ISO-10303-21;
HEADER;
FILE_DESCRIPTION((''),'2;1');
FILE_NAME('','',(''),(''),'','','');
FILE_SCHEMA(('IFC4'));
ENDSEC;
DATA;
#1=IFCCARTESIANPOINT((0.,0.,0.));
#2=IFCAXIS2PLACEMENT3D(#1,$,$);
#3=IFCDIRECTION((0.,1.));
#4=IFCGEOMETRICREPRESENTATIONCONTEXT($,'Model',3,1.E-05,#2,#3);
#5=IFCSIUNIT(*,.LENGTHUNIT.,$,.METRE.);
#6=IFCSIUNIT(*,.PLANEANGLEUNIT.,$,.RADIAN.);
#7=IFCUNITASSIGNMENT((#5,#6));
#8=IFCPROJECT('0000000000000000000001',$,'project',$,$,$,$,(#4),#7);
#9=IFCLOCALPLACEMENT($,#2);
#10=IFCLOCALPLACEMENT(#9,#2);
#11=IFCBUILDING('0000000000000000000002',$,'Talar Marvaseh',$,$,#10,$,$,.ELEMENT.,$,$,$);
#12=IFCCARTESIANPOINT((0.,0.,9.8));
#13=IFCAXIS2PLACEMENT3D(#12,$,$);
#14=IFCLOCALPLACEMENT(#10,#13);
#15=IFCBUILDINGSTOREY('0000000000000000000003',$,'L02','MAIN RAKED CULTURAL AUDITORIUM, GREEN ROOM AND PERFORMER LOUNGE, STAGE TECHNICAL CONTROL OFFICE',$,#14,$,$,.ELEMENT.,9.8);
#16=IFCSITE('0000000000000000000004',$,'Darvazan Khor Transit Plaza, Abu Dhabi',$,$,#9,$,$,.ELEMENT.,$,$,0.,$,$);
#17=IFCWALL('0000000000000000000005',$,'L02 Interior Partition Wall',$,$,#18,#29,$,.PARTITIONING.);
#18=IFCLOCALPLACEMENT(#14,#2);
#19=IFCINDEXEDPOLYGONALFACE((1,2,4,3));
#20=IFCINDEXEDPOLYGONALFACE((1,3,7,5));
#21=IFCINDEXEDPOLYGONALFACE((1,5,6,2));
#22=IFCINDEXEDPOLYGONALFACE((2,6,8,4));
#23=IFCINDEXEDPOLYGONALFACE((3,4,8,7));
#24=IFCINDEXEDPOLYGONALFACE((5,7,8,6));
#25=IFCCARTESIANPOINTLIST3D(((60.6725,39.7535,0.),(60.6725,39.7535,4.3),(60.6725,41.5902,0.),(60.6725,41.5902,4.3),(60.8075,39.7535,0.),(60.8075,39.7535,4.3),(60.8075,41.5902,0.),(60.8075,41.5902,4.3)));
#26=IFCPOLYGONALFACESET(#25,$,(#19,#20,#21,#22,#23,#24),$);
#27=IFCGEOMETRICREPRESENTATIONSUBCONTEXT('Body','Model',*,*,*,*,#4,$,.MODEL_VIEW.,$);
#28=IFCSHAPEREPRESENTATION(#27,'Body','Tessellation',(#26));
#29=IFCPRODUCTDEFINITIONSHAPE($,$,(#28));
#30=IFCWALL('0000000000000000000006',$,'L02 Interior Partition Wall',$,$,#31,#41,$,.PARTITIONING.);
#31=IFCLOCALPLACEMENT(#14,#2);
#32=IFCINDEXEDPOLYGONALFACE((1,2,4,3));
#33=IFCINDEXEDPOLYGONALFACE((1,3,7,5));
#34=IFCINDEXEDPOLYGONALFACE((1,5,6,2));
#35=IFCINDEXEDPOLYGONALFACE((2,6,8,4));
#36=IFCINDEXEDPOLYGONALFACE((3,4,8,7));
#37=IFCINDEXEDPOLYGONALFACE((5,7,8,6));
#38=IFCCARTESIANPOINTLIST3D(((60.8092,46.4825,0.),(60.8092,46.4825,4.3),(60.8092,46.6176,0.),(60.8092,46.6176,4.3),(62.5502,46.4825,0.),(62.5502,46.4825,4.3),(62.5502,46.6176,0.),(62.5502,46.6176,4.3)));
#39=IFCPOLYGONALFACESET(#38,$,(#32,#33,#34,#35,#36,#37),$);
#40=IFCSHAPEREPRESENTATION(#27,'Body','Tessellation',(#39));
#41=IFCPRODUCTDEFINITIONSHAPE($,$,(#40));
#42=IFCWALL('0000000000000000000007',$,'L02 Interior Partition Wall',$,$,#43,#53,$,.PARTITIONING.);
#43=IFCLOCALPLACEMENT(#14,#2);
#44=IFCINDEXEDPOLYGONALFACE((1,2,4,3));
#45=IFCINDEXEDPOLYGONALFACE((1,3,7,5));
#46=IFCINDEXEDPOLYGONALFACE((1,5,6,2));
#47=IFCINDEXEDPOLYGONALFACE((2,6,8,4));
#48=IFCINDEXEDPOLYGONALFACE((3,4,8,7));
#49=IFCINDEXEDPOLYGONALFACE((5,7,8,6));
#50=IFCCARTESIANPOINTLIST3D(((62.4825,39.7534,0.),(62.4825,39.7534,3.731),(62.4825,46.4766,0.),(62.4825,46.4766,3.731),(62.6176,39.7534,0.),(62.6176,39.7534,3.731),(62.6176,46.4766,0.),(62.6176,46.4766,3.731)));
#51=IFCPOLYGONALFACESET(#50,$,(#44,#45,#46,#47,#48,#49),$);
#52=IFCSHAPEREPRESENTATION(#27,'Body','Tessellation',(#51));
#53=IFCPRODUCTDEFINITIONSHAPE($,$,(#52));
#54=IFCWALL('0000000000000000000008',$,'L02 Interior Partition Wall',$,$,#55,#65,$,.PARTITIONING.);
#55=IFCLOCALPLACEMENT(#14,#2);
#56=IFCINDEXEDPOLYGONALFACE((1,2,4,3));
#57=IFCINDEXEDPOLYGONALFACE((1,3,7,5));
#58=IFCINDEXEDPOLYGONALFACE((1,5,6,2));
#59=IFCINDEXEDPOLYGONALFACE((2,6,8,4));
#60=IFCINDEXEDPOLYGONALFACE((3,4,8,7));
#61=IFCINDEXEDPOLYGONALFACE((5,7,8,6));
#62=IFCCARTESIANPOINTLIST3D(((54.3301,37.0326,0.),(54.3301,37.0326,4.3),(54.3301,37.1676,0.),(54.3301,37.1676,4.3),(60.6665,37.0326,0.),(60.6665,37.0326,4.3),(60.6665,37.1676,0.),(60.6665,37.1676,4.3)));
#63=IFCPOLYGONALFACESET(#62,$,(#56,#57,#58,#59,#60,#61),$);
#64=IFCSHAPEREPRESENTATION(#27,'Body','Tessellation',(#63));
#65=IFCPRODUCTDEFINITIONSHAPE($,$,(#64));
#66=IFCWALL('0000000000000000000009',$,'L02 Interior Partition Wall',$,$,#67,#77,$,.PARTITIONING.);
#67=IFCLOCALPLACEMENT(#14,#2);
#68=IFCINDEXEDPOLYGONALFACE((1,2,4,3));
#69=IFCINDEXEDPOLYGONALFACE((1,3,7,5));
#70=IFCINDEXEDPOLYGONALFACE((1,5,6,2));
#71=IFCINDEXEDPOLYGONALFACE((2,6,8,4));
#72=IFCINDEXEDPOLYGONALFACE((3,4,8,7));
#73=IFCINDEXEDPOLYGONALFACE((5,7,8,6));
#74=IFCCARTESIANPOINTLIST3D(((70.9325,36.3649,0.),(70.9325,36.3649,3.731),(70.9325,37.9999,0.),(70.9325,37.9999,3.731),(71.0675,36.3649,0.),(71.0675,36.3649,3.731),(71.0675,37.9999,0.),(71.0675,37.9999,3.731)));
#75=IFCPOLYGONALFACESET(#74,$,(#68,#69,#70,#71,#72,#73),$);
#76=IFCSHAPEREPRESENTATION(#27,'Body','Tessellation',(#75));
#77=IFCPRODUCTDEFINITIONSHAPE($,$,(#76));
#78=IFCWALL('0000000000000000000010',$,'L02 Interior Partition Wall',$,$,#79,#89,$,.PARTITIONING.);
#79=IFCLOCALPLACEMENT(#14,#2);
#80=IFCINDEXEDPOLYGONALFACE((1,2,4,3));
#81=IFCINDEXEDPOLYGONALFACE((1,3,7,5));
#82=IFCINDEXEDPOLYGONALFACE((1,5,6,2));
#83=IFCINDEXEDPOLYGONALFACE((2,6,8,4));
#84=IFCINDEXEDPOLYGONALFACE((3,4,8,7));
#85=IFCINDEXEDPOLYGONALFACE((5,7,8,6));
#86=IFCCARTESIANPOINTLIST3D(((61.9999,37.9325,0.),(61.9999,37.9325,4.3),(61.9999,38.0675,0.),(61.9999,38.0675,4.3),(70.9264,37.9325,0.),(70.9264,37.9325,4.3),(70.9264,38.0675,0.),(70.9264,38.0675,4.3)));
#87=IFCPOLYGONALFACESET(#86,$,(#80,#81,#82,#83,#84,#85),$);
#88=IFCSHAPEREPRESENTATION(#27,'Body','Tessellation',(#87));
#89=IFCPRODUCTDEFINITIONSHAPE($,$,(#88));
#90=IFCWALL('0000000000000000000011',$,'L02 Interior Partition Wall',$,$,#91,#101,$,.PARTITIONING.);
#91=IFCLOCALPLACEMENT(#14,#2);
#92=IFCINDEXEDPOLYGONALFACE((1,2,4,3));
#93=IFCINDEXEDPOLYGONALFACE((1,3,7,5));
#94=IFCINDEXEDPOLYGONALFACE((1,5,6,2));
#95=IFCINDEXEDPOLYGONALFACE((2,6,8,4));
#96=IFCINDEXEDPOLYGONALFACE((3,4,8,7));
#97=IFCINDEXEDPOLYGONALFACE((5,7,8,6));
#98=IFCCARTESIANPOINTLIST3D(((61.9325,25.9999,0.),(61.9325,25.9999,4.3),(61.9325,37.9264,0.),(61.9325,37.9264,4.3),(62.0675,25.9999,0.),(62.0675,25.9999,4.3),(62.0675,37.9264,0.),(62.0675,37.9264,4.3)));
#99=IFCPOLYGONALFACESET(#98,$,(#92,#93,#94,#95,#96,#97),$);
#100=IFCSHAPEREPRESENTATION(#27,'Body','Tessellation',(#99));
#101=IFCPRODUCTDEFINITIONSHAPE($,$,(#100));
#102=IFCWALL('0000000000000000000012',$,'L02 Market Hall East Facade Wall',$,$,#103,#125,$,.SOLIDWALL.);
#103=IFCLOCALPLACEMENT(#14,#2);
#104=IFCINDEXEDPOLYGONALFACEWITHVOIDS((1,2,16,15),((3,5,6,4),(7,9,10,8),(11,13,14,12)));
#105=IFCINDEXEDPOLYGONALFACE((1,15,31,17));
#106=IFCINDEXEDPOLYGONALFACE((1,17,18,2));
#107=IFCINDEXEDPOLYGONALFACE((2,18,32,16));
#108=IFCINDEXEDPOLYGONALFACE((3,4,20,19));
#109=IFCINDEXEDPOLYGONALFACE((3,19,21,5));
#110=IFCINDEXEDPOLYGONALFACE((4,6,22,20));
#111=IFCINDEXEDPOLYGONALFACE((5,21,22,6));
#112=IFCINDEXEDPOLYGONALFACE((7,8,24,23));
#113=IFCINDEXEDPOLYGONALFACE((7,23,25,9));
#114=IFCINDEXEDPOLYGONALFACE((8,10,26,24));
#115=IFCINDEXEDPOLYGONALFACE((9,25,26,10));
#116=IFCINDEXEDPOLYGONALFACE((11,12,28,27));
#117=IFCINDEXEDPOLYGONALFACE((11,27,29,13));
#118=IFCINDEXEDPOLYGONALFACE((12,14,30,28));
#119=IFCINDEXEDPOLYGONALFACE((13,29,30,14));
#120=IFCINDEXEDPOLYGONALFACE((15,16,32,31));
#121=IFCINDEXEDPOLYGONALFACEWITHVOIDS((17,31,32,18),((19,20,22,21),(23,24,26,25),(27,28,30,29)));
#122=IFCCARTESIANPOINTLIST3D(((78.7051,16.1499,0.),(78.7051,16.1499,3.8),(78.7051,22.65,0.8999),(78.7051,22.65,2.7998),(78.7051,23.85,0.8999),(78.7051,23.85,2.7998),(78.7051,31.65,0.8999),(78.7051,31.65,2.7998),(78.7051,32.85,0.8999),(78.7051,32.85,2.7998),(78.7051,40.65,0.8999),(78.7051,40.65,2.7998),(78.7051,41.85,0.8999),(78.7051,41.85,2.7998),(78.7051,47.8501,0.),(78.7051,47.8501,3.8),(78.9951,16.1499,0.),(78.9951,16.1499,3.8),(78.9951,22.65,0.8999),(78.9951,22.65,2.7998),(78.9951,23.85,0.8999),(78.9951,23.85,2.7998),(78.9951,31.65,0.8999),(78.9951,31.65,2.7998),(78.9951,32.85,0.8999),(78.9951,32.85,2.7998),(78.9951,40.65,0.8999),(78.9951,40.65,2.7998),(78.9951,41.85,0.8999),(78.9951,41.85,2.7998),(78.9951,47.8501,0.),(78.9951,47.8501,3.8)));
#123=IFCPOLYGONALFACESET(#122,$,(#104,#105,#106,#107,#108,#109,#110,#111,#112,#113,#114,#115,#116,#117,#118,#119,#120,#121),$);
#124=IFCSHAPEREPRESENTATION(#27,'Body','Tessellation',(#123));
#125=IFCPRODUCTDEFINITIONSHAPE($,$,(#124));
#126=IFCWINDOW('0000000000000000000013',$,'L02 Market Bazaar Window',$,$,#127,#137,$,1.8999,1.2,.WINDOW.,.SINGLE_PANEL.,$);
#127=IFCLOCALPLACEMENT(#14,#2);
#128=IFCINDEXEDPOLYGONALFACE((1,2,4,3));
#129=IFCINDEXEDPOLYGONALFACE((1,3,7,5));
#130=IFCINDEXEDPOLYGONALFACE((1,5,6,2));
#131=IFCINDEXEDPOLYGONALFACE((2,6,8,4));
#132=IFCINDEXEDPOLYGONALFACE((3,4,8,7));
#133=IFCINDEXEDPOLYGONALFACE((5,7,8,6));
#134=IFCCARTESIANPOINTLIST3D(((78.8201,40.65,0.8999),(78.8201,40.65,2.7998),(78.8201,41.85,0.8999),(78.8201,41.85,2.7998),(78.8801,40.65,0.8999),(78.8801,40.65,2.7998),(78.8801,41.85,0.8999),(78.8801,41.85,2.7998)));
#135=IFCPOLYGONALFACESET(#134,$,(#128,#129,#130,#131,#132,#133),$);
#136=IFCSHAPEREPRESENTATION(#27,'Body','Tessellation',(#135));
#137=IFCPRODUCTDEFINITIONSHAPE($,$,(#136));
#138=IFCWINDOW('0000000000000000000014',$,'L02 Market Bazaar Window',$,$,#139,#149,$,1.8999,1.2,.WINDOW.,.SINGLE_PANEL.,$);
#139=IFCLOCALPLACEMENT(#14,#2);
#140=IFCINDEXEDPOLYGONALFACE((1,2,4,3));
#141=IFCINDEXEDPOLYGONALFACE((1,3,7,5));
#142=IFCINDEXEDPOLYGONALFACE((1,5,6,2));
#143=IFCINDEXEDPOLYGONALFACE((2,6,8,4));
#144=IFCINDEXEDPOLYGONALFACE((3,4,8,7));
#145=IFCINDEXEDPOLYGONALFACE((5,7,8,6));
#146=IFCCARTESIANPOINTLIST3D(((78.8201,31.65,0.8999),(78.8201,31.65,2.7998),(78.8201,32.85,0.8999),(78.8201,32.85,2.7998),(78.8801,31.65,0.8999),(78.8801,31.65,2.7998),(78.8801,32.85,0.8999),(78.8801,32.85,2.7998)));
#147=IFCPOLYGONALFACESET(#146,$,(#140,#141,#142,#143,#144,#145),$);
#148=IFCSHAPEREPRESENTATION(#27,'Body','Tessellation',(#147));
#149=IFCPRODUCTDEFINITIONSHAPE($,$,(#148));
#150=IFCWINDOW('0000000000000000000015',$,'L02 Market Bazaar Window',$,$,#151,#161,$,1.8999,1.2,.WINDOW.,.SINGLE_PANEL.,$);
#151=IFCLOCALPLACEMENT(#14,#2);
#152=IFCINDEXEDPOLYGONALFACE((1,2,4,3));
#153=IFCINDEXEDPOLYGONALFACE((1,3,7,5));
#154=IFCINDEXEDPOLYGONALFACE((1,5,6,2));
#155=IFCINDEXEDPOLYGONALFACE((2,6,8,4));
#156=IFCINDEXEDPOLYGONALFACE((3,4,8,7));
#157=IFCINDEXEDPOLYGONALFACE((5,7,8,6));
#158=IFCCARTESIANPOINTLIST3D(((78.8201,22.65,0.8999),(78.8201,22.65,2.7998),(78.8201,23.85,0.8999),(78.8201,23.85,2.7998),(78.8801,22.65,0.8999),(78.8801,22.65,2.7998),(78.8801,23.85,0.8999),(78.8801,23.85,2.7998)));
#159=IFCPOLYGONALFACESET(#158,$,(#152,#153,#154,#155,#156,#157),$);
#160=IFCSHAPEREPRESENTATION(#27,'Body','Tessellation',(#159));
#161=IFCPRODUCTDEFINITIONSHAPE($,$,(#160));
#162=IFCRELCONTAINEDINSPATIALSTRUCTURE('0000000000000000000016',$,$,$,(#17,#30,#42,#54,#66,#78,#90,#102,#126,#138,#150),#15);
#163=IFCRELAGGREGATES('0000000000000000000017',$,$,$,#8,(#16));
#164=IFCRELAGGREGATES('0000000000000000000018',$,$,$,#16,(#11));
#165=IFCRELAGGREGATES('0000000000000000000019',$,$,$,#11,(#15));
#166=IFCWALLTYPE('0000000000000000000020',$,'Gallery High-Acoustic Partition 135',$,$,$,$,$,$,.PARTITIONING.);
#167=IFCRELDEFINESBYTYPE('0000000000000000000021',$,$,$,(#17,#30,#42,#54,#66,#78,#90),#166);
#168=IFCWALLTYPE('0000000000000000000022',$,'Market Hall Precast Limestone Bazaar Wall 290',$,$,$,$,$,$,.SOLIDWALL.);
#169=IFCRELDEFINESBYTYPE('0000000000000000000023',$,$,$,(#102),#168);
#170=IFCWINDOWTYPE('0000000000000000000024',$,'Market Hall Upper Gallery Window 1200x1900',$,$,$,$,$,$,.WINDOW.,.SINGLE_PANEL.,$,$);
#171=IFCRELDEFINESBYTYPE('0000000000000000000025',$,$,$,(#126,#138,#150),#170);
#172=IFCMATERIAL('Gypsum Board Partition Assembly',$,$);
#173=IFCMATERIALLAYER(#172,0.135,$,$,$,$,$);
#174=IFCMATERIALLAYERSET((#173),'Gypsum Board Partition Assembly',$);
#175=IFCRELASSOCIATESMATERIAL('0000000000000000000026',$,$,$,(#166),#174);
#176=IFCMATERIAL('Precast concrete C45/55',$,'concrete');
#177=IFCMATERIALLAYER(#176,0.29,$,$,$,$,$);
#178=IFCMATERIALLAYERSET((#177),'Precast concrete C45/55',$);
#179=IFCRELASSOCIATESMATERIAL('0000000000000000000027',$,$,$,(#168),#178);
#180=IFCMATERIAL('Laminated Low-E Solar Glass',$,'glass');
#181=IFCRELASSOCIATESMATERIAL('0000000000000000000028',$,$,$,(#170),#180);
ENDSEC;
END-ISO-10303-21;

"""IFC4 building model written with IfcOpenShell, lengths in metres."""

from ifc_helpers import new_model, si_unit, direction, frame, frame_2d, origin, place, context, subcontext, project, spatial, rectangle, extrude, source, transform, mapped, material, layer, layer_set, type_object, type_shapes, element, fill, save


model = new_model("IFC4")

# Units and contexts
model_context = context("Model", 3, precision=1e-05, world=origin(), true_north=direction((0.0, 1.0)))
body_context = subcontext(model_context, "Body", "Model", "MODEL_VIEW")
ifc_project = project(units=[si_unit("LENGTHUNIT", "METRE"), si_unit("PLANEANGLEUNIT", "RADIAN")], contexts=[model_context])

# Site, building, storey
site_placement = place(None, origin())
site = spatial("IfcSite", under=ifc_project, at=site_placement, Name="Darvazan Khor Transit Plaza, Abu Dhabi", CompositionType="ELEMENT", RefElevation=0.0)
building_placement = place(site_placement, origin())
building = spatial("IfcBuilding", under=site, at=building_placement, Name="Talar Marvaseh", CompositionType="ELEMENT")
storey_placement = place(building_placement, frame((0.0, 0.0, 9.8)))
storey = spatial("IfcBuildingStorey", under=building, at=storey_placement, Name="L02", Description="MAIN RAKED CULTURAL AUDITORIUM, GREEN ROOM AND PERFORMER LOUNGE, STAGE TECHNICAL CONTROL OFFICE", CompositionType="ELEMENT", Elevation=9.8)

# Shared definitions
ifc_material_1 = material(Name="Precast concrete C45/55", Category="concrete")

# Shared definitions
ifc_material_2 = material(Name="Gypsum Board Partition Assembly")
ifc_layer_1 = layer(ifc_material_2, 0.135)
ifc_layer_set_1 = layer_set([ifc_layer_1], Name="Gypsum Board Partition Assembly")
wall_type_1 = type_object("IfcWallType", Name="Gallery High-Acoustic Partition 135", PredefinedType="PARTITIONING", material=ifc_layer_set_1)

# Walls
wall_1_placement = place(storey_placement, frame((60.74, 39.7534, 0.0), z_axis=(0.0, 0.0, 1.0), x_axis=(0.0, 1.0, 0.0)))
element("IfcWall", 1, at=wall_1_placement, inside=storey, type_object=wall_type_1, Name="L02 Interior Partition Wall", PredefinedType="PARTITIONING", context=body_context, shape_type="SweptSolid", body=[
    extrude(rectangle(XDim=1.8367, YDim=0.135, at=frame_2d((0.9185, 0.0))), origin(), (0.0, 0.0, 1.0), 4.3),
])
wall_2_placement = place(storey_placement, frame((60.8091, 46.55, 0.0), z_axis=(0.0, 0.0, 1.0), x_axis=(1.0, 0.0, 0.0)))
element("IfcWall", 2, at=wall_2_placement, inside=storey, type_object=wall_type_1, Name="L02 Interior Partition Wall", PredefinedType="PARTITIONING", context=body_context, shape_type="SweptSolid", body=[
    extrude(rectangle(XDim=1.741, YDim=0.135, at=frame_2d((0.8706, 0.0))), origin(), (0.0, 0.0, 1.0), 4.3),
])
wall_3_placement = place(storey_placement, frame((62.55, 46.4766, 0.0), z_axis=(0.0, 0.0, 1.0), x_axis=(0.0, -1.0, 0.0)))
element("IfcWall", 3, at=wall_3_placement, inside=storey, type_object=wall_type_1, Name="L02 Interior Partition Wall", PredefinedType="PARTITIONING", context=body_context, shape_type="SweptSolid", body=[
    extrude(rectangle(XDim=6.7231, YDim=0.135, at=frame_2d((3.3616, 0.0))), origin(), (0.0, 0.0, 1.0), 3.731),
])
wall_4_placement = place(storey_placement, frame((60.6665, 37.1001, 0.0), z_axis=(0.0, 0.0, 1.0), x_axis=(-1.0, 0.0, 0.0)))
element("IfcWall", 4, at=wall_4_placement, inside=storey, type_object=wall_type_1, Name="L02 Interior Partition Wall", PredefinedType="PARTITIONING", context=body_context, shape_type="SweptSolid", body=[
    extrude(rectangle(XDim=6.3364, YDim=0.135, at=frame_2d((3.1682, 0.0))), origin(), (0.0, 0.0, 1.0), 4.3),
])
wall_5_placement = place(storey_placement, frame((71.0, 36.365, 0.0), z_axis=(0.0, 0.0, 1.0), x_axis=(0.0, 1.0, 0.0)))
element("IfcWall", 5, at=wall_5_placement, inside=storey, type_object=wall_type_1, Name="L02 Interior Partition Wall", PredefinedType="PARTITIONING", context=body_context, shape_type="SweptSolid", body=[
    extrude(rectangle(XDim=1.635, YDim=0.135, at=frame_2d((0.8174, 0.0))), origin(), (0.0, 0.0, 1.0), 3.731),
])
wall_6_placement = place(storey_placement, frame((70.9265, 38.0, 0.0), z_axis=(0.0, 0.0, 1.0), x_axis=(-1.0, 0.0, 0.0)))
element("IfcWall", 6, at=wall_6_placement, inside=storey, type_object=wall_type_1, Name="L02 Interior Partition Wall", PredefinedType="PARTITIONING", context=body_context, shape_type="SweptSolid", body=[
    extrude(rectangle(XDim=8.9265, YDim=0.135, at=frame_2d((4.4634, 0.0))), origin(), (0.0, 0.0, 1.0), 4.3),
])
wall_7_placement = place(storey_placement, frame((62.0, 37.9265, 0.0), z_axis=(0.0, 0.0, 1.0), x_axis=(0.0, -1.0, 0.0)))
element("IfcWall", 7, at=wall_7_placement, inside=storey, type_object=wall_type_1, Name="L02 Interior Partition Wall", PredefinedType="PARTITIONING", context=body_context, shape_type="SweptSolid", body=[
    extrude(rectangle(XDim=11.9265, YDim=0.135, at=frame_2d((5.9634, 0.0))), origin(), (0.0, 0.0, 1.0), 4.3),
])

# Wall, openings, windows
ifc_layer_2 = layer(ifc_material_1, 0.29)
ifc_layer_set_2 = layer_set([ifc_layer_2], Name="Precast concrete C45/55")
wall_type_2 = type_object("IfcWallType", Name="Market Hall Precast Limestone Bazaar Wall 290", PredefinedType="SOLIDWALL", material=ifc_layer_set_2)
wall_8_placement = place(storey_placement, frame((78.8501, 47.8501, 0.0), z_axis=(0.0, 0.0, 1.0), x_axis=(0.0, -1.0, 0.0)))
wall_8 = element("IfcWall", 8, at=wall_8_placement, inside=storey, type_object=wall_type_2, Name="L02 Market Hall East Facade Wall", PredefinedType="SOLIDWALL", context=body_context, shape_type="SweptSolid", body=[
    extrude(rectangle(XDim=31.7002, YDim=0.29, at=frame_2d((15.8501, 0.0))), origin(), (0.0, 0.0, 1.0), 3.8),
])
opening_1_placement = place(wall_8_placement, frame((6.0, 0.0, 0.8999)))
opening_1 = element("IfcOpeningElement", 9, at=opening_1_placement, cuts=wall_8, PredefinedType="OPENING", context=body_context, shape_type="SweptSolid", body=[
    extrude(rectangle(XDim=1.2, YDim=1.8999, at=frame_2d((0.6001, 0.95))), frame((0.0, 0.155, 0.0), z_axis=(0.0, -1.0, 0.0), x_axis=(1.0, 0.0, 0.0)), (0.0, 0.0, 1.0), 0.3101),
])
opening_2_placement = place(wall_8_placement, frame((15.0, 0.0, 0.8999)))
opening_2 = element("IfcOpeningElement", 10, at=opening_2_placement, cuts=wall_8, PredefinedType="OPENING", context=body_context, shape_type="SweptSolid", body=[
    extrude(rectangle(XDim=1.2, YDim=1.8999, at=frame_2d((0.6001, 0.95))), frame((0.0, 0.155, 0.0), z_axis=(0.0, -1.0, 0.0), x_axis=(1.0, 0.0, 0.0)), (0.0, 0.0, 1.0), 0.3101),
])
opening_3_placement = place(wall_8_placement, frame((24.0, 0.0, 0.8999)))
opening_3 = element("IfcOpeningElement", 11, at=opening_3_placement, cuts=wall_8, PredefinedType="OPENING", context=body_context, shape_type="SweptSolid", body=[
    extrude(rectangle(XDim=1.2, YDim=1.8999, at=frame_2d((0.6001, 0.95))), frame((0.0, 0.155, 0.0), z_axis=(0.0, -1.0, 0.0), x_axis=(1.0, 0.0, 0.0)), (0.0, 0.0, 1.0), 0.3101),
])
ifc_material_3 = material(Name="Laminated Low-E Solar Glass", Category="glass")
window_type = type_object("IfcWindowType", Name="Market Hall Upper Gallery Window 1200x1900", PartitioningType="SINGLE_PANEL", PredefinedType="WINDOW", material=ifc_material_3)
shared_shape_1 = source(origin(), body_context, "Body", "SweptSolid", [
    extrude(rectangle(XDim=1.2, YDim=1.8999, at=frame_2d((0.6001, 0.95))), frame((0.0, 0.03, 0.0), z_axis=(0.0, -1.0, 0.0), x_axis=(1.0, 0.0, 0.0)), (0.0, 0.0, 1.0), 0.0601),
])
type_shapes(window_type, [shared_shape_1])
window_1_placement = place(opening_1_placement, origin())
window_1 = element("IfcWindow", 12, at=window_1_placement, inside=storey, type_object=window_type, Name="L02 Market Bazaar Window", OverallHeight=1.8999, OverallWidth=1.2, PartitioningType="SINGLE_PANEL", PredefinedType="WINDOW", context=body_context, shape_type="MappedRepresentation", body=[
    mapped(shared_shape_1, transform((0.0, 0.0, 0.0), x_axis=(1.0, 0.0, 0.0), y_axis=(0.0, 1.0, 0.0), z_axis=(0.0, 0.0, 1.0), scale=1.0)),
])
fill(opening_1, window_1)
window_2_placement = place(opening_2_placement, origin())
window_2 = element("IfcWindow", 13, at=window_2_placement, inside=storey, type_object=window_type, Name="L02 Market Bazaar Window", OverallHeight=1.8999, OverallWidth=1.2, PartitioningType="SINGLE_PANEL", PredefinedType="WINDOW", context=body_context, shape_type="MappedRepresentation", body=[
    mapped(shared_shape_1, transform((0.0, 0.0, 0.0), x_axis=(1.0, 0.0, 0.0), y_axis=(0.0, 1.0, 0.0), z_axis=(0.0, 0.0, 1.0), scale=1.0)),
])
fill(opening_2, window_2)
window_3_placement = place(opening_3_placement, origin())
window_3 = element("IfcWindow", 14, at=window_3_placement, inside=storey, type_object=window_type, Name="L02 Market Bazaar Window", OverallHeight=1.8999, OverallWidth=1.2, PartitioningType="SINGLE_PANEL", PredefinedType="WINDOW", context=body_context, shape_type="MappedRepresentation", body=[
    mapped(shared_shape_1, transform((0.0, 0.0, 0.0), x_axis=(1.0, 0.0, 0.0), y_axis=(0.0, 1.0, 0.0), z_axis=(0.0, 0.0, 1.0), scale=1.0)),
])
fill(opening_3, window_3)

save(model, "model.ifc")
